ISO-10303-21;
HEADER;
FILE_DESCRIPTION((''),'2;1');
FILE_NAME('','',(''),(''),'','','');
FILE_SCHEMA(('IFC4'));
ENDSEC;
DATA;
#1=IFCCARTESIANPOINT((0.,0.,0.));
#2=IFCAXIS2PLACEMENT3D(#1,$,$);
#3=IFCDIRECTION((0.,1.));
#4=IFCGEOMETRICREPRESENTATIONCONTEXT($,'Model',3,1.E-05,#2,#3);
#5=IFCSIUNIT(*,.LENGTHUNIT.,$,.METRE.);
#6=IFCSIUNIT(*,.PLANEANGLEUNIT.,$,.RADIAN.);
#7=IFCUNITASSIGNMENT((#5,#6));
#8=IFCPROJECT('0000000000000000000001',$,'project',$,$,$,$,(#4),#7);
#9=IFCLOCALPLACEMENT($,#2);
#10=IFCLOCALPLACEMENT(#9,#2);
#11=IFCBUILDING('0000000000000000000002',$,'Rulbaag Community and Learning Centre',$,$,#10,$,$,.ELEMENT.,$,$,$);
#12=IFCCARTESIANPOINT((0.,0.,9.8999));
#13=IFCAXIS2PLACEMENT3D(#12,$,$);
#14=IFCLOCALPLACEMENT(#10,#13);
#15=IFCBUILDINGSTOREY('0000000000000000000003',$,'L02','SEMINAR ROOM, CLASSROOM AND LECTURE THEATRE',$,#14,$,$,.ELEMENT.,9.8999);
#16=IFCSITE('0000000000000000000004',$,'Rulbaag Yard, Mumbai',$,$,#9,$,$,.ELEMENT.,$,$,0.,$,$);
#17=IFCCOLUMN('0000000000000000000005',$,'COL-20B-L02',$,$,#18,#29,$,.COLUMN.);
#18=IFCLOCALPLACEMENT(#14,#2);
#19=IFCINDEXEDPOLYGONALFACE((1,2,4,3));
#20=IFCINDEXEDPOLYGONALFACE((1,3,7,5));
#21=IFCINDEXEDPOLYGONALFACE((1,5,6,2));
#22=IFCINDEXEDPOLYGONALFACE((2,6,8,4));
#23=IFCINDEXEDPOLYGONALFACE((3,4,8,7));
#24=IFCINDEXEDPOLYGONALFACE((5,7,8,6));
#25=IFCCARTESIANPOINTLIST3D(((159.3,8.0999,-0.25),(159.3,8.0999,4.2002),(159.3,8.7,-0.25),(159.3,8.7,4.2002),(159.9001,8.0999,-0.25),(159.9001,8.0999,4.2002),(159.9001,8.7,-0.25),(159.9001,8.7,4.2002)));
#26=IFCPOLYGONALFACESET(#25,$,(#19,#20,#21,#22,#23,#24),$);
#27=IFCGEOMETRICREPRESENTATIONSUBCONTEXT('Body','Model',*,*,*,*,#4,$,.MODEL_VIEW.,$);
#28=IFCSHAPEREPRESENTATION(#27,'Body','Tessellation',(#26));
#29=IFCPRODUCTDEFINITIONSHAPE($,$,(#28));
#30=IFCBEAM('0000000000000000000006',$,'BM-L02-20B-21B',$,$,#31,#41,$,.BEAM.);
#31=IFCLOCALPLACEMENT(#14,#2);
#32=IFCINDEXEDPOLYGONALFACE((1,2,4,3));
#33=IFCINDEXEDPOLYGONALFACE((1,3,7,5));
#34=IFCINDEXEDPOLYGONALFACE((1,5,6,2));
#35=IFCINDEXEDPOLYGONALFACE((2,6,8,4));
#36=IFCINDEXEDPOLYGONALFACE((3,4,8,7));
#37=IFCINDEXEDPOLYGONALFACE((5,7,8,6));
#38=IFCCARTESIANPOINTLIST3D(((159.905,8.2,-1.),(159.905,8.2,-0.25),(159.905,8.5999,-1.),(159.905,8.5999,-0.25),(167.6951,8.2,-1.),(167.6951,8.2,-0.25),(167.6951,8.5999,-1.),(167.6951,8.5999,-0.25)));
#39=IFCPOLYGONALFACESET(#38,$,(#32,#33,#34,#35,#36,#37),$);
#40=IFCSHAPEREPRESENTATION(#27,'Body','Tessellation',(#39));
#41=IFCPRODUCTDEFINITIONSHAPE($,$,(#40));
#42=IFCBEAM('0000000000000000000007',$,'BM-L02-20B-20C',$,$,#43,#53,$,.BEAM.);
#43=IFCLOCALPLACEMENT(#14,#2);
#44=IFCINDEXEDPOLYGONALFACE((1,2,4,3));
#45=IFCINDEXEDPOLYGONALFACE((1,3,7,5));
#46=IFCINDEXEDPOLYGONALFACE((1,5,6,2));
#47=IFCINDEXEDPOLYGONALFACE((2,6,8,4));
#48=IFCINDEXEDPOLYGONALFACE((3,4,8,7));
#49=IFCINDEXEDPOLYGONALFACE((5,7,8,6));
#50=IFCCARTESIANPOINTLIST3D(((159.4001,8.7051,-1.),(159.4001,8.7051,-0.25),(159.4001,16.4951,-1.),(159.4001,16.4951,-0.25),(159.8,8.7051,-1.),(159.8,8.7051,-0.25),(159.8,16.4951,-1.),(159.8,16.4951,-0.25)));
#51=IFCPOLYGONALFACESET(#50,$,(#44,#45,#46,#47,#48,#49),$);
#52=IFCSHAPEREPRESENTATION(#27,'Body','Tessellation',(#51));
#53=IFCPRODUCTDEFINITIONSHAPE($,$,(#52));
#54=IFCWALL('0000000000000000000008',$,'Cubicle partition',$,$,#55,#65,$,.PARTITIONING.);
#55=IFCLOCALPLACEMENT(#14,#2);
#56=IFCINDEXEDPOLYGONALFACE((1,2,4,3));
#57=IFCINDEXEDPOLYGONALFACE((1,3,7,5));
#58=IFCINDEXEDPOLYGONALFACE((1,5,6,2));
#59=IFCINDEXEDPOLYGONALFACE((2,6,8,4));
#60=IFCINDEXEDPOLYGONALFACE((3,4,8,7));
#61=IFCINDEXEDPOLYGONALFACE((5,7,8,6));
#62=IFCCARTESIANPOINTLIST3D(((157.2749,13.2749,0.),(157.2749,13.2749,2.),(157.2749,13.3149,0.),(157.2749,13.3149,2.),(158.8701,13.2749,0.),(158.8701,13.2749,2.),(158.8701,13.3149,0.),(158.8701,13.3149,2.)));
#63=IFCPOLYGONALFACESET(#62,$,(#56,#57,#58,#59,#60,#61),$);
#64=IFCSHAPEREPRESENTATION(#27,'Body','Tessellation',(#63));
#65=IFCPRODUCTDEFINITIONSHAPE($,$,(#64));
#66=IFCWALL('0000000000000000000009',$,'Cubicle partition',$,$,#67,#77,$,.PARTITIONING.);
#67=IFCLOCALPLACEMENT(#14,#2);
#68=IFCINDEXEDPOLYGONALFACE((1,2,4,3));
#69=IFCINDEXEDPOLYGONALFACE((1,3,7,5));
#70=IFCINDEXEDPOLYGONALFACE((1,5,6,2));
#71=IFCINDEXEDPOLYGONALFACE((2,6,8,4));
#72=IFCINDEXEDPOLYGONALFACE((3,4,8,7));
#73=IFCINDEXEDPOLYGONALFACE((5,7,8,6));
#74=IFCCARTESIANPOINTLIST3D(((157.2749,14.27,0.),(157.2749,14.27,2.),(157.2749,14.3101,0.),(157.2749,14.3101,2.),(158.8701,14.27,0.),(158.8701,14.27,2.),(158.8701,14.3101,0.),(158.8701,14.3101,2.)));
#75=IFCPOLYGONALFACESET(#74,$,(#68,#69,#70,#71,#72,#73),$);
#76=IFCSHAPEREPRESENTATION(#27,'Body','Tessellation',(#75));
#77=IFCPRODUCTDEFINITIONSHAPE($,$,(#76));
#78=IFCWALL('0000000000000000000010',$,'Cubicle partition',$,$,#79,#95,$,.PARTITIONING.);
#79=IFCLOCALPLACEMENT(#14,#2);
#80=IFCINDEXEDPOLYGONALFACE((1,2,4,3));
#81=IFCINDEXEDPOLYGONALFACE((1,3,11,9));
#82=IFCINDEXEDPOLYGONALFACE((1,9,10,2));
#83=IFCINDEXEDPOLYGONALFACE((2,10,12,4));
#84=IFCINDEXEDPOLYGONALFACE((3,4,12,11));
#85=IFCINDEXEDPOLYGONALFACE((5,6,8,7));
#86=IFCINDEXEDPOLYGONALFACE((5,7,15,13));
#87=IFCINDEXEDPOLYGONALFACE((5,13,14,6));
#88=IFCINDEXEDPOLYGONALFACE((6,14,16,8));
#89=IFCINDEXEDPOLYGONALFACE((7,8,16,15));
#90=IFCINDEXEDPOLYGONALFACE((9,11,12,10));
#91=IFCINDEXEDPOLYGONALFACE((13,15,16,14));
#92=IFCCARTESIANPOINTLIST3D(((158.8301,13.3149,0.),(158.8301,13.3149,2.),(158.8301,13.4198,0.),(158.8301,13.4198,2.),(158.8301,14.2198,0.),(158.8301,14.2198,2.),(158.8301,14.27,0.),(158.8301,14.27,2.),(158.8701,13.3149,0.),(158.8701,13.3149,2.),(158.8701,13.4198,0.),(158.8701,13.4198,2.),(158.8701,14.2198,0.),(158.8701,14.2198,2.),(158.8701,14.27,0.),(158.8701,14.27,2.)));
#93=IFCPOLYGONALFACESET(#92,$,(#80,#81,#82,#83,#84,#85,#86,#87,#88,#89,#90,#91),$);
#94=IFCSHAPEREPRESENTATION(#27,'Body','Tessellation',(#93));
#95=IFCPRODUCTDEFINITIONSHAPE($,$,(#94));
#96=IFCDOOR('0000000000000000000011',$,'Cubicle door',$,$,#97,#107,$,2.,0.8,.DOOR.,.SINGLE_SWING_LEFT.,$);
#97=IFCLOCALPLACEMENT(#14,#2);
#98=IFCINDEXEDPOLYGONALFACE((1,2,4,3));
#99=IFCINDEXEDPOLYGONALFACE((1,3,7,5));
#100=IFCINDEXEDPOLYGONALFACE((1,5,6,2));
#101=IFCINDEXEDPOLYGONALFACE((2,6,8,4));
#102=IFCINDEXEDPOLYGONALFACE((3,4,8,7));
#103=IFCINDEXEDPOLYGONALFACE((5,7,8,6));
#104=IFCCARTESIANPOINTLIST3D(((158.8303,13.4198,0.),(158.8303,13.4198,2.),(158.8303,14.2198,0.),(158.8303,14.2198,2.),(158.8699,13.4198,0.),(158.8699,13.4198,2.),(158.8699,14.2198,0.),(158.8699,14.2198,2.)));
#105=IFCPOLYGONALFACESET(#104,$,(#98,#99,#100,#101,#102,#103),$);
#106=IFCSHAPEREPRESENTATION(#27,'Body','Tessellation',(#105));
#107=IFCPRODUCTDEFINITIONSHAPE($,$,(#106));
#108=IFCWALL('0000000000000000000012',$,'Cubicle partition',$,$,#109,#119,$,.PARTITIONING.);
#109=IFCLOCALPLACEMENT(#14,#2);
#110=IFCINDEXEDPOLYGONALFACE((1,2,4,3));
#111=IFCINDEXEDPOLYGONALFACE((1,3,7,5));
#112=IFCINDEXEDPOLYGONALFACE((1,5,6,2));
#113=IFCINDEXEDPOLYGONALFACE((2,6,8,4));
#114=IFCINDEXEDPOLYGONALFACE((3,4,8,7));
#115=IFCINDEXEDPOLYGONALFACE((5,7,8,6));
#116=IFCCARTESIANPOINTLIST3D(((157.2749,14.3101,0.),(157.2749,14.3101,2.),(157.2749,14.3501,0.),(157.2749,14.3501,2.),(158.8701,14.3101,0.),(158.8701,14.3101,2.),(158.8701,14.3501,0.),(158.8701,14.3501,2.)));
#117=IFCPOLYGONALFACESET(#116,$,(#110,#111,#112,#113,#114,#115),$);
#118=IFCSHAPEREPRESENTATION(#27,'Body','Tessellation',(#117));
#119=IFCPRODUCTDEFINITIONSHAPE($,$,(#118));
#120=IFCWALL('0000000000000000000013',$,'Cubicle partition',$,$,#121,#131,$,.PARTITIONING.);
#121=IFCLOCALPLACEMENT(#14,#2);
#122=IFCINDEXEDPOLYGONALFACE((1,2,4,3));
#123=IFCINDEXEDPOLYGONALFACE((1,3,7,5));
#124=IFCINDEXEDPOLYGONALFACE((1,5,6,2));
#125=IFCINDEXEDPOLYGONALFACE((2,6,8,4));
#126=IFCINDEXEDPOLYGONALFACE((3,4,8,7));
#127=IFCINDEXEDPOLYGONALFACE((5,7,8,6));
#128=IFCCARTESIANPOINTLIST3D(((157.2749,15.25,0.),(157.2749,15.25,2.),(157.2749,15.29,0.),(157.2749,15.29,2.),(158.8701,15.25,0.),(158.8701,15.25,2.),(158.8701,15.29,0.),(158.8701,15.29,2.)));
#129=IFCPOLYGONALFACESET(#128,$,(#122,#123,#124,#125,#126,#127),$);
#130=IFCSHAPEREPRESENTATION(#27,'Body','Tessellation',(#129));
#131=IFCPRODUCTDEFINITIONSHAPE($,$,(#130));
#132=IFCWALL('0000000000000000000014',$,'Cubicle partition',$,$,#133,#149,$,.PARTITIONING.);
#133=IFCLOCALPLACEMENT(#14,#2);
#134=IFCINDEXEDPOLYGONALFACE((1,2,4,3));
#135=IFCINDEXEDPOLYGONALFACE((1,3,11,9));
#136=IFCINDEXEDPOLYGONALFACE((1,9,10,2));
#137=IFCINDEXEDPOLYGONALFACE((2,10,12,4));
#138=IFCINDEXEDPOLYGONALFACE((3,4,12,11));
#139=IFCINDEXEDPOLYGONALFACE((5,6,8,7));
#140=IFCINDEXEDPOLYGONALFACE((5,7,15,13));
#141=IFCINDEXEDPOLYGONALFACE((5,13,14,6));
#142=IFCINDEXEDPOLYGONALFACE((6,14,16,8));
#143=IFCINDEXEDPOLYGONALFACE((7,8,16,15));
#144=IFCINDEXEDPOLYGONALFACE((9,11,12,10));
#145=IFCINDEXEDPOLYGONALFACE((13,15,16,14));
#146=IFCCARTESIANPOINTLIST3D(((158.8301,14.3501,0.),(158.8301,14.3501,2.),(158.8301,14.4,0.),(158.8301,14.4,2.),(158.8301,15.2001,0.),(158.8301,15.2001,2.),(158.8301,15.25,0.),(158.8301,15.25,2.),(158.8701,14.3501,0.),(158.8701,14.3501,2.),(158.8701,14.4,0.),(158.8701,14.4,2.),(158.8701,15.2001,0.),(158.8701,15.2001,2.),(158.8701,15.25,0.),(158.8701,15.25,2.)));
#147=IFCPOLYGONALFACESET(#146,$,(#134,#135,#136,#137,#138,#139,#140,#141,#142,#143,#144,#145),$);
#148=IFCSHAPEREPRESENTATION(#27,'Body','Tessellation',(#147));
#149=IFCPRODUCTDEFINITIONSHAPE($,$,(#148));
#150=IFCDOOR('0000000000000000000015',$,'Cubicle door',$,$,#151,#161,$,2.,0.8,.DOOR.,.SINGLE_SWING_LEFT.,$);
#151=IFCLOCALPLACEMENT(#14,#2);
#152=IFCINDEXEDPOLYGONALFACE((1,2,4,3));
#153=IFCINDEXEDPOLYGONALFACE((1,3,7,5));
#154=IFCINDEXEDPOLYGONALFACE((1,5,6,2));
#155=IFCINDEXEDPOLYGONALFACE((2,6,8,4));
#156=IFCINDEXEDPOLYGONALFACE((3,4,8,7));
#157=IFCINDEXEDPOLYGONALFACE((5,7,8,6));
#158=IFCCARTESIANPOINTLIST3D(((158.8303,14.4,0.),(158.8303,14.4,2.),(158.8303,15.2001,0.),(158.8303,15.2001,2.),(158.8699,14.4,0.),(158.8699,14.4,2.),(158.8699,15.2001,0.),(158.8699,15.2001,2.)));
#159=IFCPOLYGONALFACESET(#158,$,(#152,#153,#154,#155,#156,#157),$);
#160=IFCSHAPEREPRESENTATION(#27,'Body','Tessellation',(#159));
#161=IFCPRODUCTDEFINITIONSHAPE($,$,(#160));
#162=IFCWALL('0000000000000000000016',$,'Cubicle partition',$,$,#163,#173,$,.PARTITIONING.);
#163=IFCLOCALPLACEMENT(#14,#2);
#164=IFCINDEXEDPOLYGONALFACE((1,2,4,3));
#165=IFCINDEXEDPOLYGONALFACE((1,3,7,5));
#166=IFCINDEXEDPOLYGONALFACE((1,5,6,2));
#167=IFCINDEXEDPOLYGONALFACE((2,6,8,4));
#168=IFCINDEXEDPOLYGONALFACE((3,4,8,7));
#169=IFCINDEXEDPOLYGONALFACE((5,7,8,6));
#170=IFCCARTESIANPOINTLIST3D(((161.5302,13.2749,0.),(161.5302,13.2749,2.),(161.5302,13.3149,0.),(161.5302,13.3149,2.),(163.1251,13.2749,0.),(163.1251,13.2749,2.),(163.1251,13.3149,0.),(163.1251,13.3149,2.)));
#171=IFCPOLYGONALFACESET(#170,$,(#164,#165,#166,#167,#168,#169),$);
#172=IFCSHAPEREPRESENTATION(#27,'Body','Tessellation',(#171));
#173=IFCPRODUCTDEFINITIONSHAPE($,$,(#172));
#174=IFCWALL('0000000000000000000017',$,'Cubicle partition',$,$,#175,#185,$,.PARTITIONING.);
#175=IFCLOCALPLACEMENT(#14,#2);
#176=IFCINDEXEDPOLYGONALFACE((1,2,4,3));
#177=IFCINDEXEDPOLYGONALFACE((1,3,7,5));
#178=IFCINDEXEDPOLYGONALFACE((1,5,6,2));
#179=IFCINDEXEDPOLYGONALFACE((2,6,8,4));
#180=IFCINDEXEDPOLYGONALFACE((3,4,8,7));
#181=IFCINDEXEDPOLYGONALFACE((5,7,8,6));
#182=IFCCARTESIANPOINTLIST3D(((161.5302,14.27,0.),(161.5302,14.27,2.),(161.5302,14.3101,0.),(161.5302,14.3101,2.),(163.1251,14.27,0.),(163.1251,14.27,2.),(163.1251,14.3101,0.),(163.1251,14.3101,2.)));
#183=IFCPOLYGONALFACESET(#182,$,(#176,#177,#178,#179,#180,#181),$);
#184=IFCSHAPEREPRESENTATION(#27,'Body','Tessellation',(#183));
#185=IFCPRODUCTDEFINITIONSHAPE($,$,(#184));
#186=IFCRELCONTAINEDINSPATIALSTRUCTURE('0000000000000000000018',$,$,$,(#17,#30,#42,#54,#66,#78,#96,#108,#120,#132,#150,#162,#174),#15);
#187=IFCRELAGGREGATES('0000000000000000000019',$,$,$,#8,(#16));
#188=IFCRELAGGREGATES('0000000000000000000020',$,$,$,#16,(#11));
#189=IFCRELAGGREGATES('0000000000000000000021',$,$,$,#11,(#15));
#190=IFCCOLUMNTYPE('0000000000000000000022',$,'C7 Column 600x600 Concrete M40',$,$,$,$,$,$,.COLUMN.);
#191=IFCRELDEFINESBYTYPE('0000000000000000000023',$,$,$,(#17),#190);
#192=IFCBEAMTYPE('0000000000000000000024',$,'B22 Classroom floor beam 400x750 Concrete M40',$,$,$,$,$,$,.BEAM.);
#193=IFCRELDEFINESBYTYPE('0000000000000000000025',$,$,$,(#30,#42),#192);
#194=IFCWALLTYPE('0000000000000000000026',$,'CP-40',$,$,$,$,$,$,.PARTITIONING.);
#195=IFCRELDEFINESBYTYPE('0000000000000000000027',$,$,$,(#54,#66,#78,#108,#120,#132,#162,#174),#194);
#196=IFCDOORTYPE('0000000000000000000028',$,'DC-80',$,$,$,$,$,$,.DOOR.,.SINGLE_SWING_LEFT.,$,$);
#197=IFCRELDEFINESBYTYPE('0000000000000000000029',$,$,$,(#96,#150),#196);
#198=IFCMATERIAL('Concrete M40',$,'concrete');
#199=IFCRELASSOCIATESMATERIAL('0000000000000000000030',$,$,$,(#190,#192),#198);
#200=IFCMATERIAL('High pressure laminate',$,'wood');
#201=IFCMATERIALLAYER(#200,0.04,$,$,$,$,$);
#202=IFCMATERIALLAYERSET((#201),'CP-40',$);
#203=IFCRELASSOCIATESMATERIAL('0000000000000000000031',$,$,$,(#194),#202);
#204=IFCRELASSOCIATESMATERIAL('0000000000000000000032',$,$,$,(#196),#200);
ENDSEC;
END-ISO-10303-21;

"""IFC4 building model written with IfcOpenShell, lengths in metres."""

from ifc_helpers import new_model, si_unit, direction, frame, frame_2d, origin, origin_2d, place, context, subcontext, project, spatial, rectangle, extrude, material, layer, layer_set, material_profile, profile_set, type_object, element, fill, save


model = new_model("IFC4")

# Units and contexts
model_context = context("Model", 3, precision=1e-05, world=origin(), true_north=direction((0.0, 1.0)))
body_context = subcontext(model_context, "Body", "Model", "MODEL_VIEW")
ifc_project = project(units=[si_unit("LENGTHUNIT", "METRE"), si_unit("PLANEANGLEUNIT", "RADIAN")], contexts=[model_context])

# Site, building, storey
site_placement = place(None, origin())
site = spatial("IfcSite", under=ifc_project, at=site_placement, Name="Rulbaag Yard, Mumbai", CompositionType="ELEMENT", RefElevation=0.0)
building_placement = place(site_placement, origin())
building = spatial("IfcBuilding", under=site, at=building_placement, Name="Rulbaag Community and Learning Centre", CompositionType="ELEMENT")
storey_placement = place(building_placement, frame((0.0, 0.0, 9.8999)))
storey = spatial("IfcBuildingStorey", under=building, at=storey_placement, Name="L02", Description="SEMINAR ROOM, CLASSROOM AND LECTURE THEATRE", CompositionType="ELEMENT", Elevation=9.8999)

# Column
ifc_material_1 = material(Name="Concrete M40", Category="concrete")
ifc_material_profile_1 = material_profile(ifc_material_1, rectangle(XDim=0.6001, YDim=0.6001, at=origin_2d()), Name="RC600x600")
ifc_profile_set_1 = profile_set([ifc_material_profile_1], Name="Concrete M40")
column_type = type_object("IfcColumnType", Name="C7 Column 600x600 Concrete M40", PredefinedType="COLUMN", material=ifc_profile_set_1)
column_placement = place(storey_placement, frame((159.6001, 8.3999, -0.25), z_axis=(0.0, 0.0, 1.0), x_axis=(1.0, 0.0, 0.0)))
element("IfcColumn", 1, at=column_placement, inside=storey, type_object=column_type, Name="COL-20B-L02", PredefinedType="COLUMN", context=body_context, shape_type="SweptSolid", body=[
    extrude(rectangle(XDim=0.6001, YDim=0.6001, at=origin_2d()), origin(), (0.0, 0.0, 1.0), 4.4502),
])

# Beams
ifc_material_profile_2 = material_profile(ifc_material_1, rectangle(XDim=0.3999, YDim=0.75, at=origin_2d()), Name="RB400x750")
ifc_profile_set_2 = profile_set([ifc_material_profile_2], Name="Concrete M40")
beam_type = type_object("IfcBeamType", Name="B22 Classroom floor beam 400x750 Concrete M40", PredefinedType="BEAM", material=ifc_profile_set_2)
for number, where, z_axis, x_axis, name in (
    (2, (159.905, 8.3999, -0.625), (1.0, 0.0, 0.0), (0.0, 1.0, 0.0), "BM-L02-20B-21B"),
    (3, (159.6001, 8.7051, -0.625), (0.0, 1.0, 0.0), (-1.0, 0.0, 0.0), "BM-L02-20B-20C"),
):
    element("IfcBeam", number, at=place(storey_placement, frame(where, z_axis=z_axis, x_axis=x_axis)), inside=storey, type_object=beam_type, Name=name, PredefinedType="BEAM", context=body_context, shape_type="SweptSolid", body=[
        extrude(rectangle(XDim=0.3999, YDim=0.75, at=origin_2d()), origin(), (0.0, 0.0, 1.0), 7.79),
    ])

# Walls
ifc_material_2 = material(Name="High pressure laminate", Category="wood")
ifc_layer_1 = layer(ifc_material_2, 0.04)
ifc_layer_set_1 = layer_set([ifc_layer_1], Name="CP-40")
wall_type_1 = type_object("IfcWallType", Name="CP-40", PredefinedType="PARTITIONING", material=ifc_layer_set_1)
for number, where, z_axis, x_axis, name in (
    (4, (157.2749, 13.2949, 0.0), (0.0, 0.0, 1.0), (1.0, 0.0, 0.0), "Cubicle partition"),
    (5, (157.2749, 14.29, 0.0), (0.0, 0.0, 1.0), (1.0, 0.0, 0.0), "Cubicle partition"),
):
    element("IfcWall", number, at=place(storey_placement, frame(where, z_axis=z_axis, x_axis=x_axis)), inside=storey, type_object=wall_type_1, Name=name, PredefinedType="PARTITIONING", context=body_context, shape_type="SweptSolid", body=[
        extrude(rectangle(XDim=1.5952, YDim=0.04, at=frame_2d((0.7976, 0.0))), origin(), (0.0, 0.0, 1.0), 2.0),
    ])

# Wall, opening, door
wall_1_placement = place(storey_placement, frame((158.8501, 13.3149, 0.0), z_axis=(0.0, 0.0, 1.0), x_axis=(0.0, 1.0, 0.0)))
wall_1 = element("IfcWall", 6, at=wall_1_placement, inside=storey, type_object=wall_type_1, Name="Cubicle partition", PredefinedType="PARTITIONING", context=body_context, shape_type="SweptSolid", body=[
    extrude(rectangle(XDim=0.9551, YDim=0.04, at=frame_2d((0.4775, 0.0))), origin(), (0.0, 0.0, 1.0), 2.0),
])
opening_1_placement = place(wall_1_placement, frame((0.105, 0.0, 0.0)))
opening_1 = element("IfcOpeningElement", 7, at=opening_1_placement, cuts=wall_1, PredefinedType="OPENING", context=body_context, shape_type="SweptSolid", body=[
    extrude(rectangle(XDim=0.8, YDim=2.0, at=frame_2d((0.3999, 1.0))), frame((0.0, 0.03, 0.0), z_axis=(0.0, -1.0, 0.0), x_axis=(1.0, 0.0, 0.0)), (0.0, 0.0, 1.0), 0.0601),
])
door_type_1 = type_object("IfcDoorType", Name="DC-80", OperationType="SINGLE_SWING_LEFT", PredefinedType="DOOR", material=ifc_material_2)
door_1_placement = place(opening_1_placement, origin())
door_1 = element("IfcDoor", 8, at=door_1_placement, inside=storey, type_object=door_type_1, Name="Cubicle door", OperationType="SINGLE_SWING_LEFT", OverallHeight=2.0, OverallWidth=0.8, PredefinedType="DOOR", context=body_context, shape_type="SweptSolid", body=[
    extrude(rectangle(XDim=0.8, YDim=2.0, at=frame_2d((0.3999, 1.0))), frame((0.0, 0.0198, 0.0), z_axis=(0.0, -1.0, 0.0), x_axis=(1.0, 0.0, 0.0)), (0.0, 0.0, 1.0), 0.0396),
])
fill(opening_1, door_1)

# Walls
for number, where, z_axis, x_axis, name in (
    (9, (157.2749, 14.3301, 0.0), (0.0, 0.0, 1.0), (1.0, 0.0, 0.0), "Cubicle partition"),
    (10, (157.2749, 15.27, 0.0), (0.0, 0.0, 1.0), (1.0, 0.0, 0.0), "Cubicle partition"),
):
    element("IfcWall", number, at=place(storey_placement, frame(where, z_axis=z_axis, x_axis=x_axis)), inside=storey, type_object=wall_type_1, Name=name, PredefinedType="PARTITIONING", context=body_context, shape_type="SweptSolid", body=[
        extrude(rectangle(XDim=1.5952, YDim=0.04, at=frame_2d((0.7976, 0.0))), origin(), (0.0, 0.0, 1.0), 2.0),
    ])

# Wall, opening, door
wall_2_placement = place(storey_placement, frame((158.8501, 14.3501, 0.0), z_axis=(0.0, 0.0, 1.0), x_axis=(0.0, 1.0, 0.0)))
wall_2 = element("IfcWall", 11, at=wall_2_placement, inside=storey, type_object=wall_type_1, Name="Cubicle partition", PredefinedType="PARTITIONING", context=body_context, shape_type="SweptSolid", body=[
    extrude(rectangle(XDim=0.8999, YDim=0.04, at=frame_2d((0.45, 0.0))), origin(), (0.0, 0.0, 1.0), 2.0),
])
opening_2_placement = place(wall_2_placement, frame((0.05, 0.0, 0.0)))
opening_2 = element("IfcOpeningElement", 12, at=opening_2_placement, cuts=wall_2, PredefinedType="OPENING", context=body_context, shape_type="SweptSolid", body=[
    extrude(rectangle(XDim=0.8, YDim=2.0, at=frame_2d((0.3999, 1.0))), frame((0.0, 0.03, 0.0), z_axis=(0.0, -1.0, 0.0), x_axis=(1.0, 0.0, 0.0)), (0.0, 0.0, 1.0), 0.0601),
])
door_2_placement = place(opening_2_placement, origin())
door_2 = element("IfcDoor", 13, at=door_2_placement, inside=storey, type_object=door_type_1, Name="Cubicle door", OperationType="SINGLE_SWING_LEFT", OverallHeight=2.0, OverallWidth=0.8, PredefinedType="DOOR", context=body_context, shape_type="SweptSolid", body=[
    extrude(rectangle(XDim=0.8, YDim=2.0, at=frame_2d((0.3999, 1.0))), frame((0.0, 0.0198, 0.0), z_axis=(0.0, -1.0, 0.0), x_axis=(1.0, 0.0, 0.0)), (0.0, 0.0, 1.0), 0.0396),
])
fill(opening_2, door_2)

# Walls
for number, where, z_axis, x_axis, name in (
    (14, (163.125, 13.2949, 0.0), (0.0, 0.0, 1.0), (-1.0, 0.0, 0.0), "Cubicle partition"),
    (15, (163.125, 14.29, 0.0), (0.0, 0.0, 1.0), (-1.0, 0.0, 0.0), "Cubicle partition"),
):
    element("IfcWall", number, at=place(storey_placement, frame(where, z_axis=z_axis, x_axis=x_axis)), inside=storey, type_object=wall_type_1, Name=name, PredefinedType="PARTITIONING", context=body_context, shape_type="SweptSolid", body=[
        extrude(rectangle(XDim=1.595, YDim=0.04, at=frame_2d((0.7974, 0.0))), origin(), (0.0, 0.0, 1.0), 2.0),
    ])

save(model, "model.ifc")
